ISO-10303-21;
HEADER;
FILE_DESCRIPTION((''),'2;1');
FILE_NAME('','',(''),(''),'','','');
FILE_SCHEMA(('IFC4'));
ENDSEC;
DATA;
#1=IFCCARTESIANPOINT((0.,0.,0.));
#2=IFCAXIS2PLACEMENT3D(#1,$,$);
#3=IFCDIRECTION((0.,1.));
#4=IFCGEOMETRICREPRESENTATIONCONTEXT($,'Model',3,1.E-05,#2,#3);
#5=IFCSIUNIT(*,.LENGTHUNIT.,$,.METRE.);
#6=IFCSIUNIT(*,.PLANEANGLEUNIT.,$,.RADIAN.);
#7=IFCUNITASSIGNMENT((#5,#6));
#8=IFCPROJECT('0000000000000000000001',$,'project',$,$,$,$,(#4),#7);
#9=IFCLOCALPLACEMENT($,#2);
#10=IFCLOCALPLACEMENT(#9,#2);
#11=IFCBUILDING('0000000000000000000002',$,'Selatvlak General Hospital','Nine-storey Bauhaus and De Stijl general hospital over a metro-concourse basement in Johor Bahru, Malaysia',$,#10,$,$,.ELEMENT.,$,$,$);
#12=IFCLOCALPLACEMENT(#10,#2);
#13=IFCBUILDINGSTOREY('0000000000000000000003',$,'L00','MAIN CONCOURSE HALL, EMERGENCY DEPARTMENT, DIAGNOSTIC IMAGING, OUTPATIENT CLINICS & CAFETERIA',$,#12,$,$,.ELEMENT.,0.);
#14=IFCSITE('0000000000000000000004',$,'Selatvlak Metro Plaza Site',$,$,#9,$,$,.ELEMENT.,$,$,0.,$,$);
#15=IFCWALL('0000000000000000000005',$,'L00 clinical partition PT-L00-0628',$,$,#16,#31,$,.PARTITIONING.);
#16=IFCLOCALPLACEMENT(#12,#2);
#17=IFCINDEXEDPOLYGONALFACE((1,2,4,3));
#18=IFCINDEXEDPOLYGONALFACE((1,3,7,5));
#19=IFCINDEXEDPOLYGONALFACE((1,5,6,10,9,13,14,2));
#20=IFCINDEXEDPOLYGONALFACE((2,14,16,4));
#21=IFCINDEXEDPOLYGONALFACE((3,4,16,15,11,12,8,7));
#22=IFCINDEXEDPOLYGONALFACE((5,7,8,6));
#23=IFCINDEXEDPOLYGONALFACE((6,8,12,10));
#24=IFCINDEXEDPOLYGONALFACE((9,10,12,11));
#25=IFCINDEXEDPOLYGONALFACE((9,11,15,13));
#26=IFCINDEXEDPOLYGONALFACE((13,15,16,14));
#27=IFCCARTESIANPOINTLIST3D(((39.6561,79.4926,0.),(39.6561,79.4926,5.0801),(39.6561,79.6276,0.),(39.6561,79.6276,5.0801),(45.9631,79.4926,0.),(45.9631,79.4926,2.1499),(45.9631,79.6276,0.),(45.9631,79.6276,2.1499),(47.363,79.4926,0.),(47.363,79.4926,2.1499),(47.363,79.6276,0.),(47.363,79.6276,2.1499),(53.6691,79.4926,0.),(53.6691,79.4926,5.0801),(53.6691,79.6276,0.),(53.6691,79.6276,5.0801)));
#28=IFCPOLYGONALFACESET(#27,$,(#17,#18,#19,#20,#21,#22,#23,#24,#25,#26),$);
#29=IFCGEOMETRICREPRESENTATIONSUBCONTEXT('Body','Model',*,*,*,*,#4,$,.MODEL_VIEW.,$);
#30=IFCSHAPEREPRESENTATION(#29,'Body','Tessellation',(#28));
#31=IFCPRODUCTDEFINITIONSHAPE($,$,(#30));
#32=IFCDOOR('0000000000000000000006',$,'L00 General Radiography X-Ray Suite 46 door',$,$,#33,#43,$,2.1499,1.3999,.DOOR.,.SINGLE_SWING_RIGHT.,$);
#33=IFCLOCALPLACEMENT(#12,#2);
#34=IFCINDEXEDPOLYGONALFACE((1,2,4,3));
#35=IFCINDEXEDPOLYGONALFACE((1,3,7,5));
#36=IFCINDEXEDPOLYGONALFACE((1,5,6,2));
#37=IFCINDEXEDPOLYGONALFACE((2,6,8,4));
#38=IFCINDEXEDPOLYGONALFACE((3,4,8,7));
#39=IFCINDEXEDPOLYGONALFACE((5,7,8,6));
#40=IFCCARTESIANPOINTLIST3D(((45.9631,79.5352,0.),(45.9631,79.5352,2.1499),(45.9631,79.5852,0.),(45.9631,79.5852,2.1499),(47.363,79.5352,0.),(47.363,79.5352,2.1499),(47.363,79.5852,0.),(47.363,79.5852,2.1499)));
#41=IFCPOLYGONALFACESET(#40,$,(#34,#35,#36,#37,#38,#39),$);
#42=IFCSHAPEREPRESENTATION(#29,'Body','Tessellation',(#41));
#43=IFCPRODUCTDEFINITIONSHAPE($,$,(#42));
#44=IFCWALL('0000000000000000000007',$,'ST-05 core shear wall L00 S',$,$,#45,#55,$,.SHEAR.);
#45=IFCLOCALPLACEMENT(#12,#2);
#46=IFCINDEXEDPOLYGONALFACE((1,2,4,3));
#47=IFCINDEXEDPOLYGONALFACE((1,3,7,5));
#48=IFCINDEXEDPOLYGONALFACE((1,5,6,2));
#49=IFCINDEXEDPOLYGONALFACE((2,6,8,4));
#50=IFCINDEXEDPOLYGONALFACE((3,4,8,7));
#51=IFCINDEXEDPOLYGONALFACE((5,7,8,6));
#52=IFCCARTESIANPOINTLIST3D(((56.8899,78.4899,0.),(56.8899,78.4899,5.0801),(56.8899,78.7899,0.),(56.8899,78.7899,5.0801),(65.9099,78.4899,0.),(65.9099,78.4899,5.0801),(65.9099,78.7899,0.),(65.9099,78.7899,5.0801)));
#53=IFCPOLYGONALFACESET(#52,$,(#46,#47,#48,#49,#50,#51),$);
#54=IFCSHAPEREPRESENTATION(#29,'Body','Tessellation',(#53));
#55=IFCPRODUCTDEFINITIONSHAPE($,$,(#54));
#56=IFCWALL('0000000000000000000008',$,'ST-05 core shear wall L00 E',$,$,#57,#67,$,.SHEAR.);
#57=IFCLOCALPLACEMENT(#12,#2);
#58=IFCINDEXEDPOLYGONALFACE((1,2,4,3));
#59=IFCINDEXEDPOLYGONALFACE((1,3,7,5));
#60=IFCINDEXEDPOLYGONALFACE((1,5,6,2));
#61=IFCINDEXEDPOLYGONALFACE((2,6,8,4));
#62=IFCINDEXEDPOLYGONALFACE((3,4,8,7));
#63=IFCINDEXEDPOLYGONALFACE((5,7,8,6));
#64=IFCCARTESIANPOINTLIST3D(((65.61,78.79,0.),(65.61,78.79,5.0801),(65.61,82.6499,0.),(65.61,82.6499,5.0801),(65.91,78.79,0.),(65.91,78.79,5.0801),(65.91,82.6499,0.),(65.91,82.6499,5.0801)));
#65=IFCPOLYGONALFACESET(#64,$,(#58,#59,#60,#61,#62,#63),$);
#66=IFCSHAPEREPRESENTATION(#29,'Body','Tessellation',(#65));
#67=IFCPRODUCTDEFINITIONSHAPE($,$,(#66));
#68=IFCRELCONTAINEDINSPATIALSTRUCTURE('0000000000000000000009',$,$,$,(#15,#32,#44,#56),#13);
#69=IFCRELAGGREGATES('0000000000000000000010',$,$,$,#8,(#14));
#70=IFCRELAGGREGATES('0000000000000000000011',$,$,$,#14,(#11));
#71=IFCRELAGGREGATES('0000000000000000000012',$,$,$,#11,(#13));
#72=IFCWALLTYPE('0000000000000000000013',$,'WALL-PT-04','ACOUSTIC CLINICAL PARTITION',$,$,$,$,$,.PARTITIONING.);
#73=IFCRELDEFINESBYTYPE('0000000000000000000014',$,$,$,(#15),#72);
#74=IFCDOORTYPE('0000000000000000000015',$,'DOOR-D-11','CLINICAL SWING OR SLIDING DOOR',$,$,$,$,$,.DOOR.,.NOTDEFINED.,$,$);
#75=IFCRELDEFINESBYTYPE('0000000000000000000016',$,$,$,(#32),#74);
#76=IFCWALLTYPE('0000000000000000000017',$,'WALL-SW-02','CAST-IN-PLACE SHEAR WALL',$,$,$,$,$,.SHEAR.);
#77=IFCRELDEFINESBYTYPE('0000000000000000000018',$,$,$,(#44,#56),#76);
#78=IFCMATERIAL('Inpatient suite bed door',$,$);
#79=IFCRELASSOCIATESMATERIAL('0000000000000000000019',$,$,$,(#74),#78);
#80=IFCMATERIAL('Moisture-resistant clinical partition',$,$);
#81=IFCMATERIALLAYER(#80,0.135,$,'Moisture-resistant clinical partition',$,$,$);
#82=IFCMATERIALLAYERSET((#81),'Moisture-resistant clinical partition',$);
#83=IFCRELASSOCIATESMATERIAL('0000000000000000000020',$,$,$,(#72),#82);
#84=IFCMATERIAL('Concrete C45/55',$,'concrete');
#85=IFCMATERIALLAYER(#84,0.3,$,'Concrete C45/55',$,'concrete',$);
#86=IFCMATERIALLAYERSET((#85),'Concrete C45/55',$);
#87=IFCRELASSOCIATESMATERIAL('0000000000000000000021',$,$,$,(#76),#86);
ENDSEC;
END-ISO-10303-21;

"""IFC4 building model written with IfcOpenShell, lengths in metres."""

from ifc_helpers import new_model, si_unit, direction, frame, frame_2d, origin, place, context, subcontext, project, spatial, rectangle, extrude, material, layer, layer_set, type_object, element, fill, save


model = new_model("IFC4")

# Units and contexts
model_context = context("Model", 3, precision=1e-05, world=origin(), true_north=direction((0.0, 1.0)))
body_context = subcontext(model_context, "Body", "Model", "MODEL_VIEW")
ifc_project = project(units=[si_unit("LENGTHUNIT", "METRE"), si_unit("PLANEANGLEUNIT", "RADIAN")], contexts=[model_context])

# Site, building, storey
site_placement = place(None, origin())
site = spatial("IfcSite", under=ifc_project, at=site_placement, Name="Selatvlak Metro Plaza Site", CompositionType="ELEMENT", RefElevation=0.0)
building_placement = place(site_placement, origin())
building = spatial("IfcBuilding", under=site, at=building_placement, Name="Selatvlak General Hospital", Description="Nine-storey Bauhaus and De Stijl general hospital over a metro-concourse basement in Johor Bahru, Malaysia", CompositionType="ELEMENT")
storey_placement = place(building_placement, origin())
storey = spatial("IfcBuildingStorey", under=building, at=storey_placement, Name="L00", Description="MAIN CONCOURSE HALL, EMERGENCY DEPARTMENT, DIAGNOSTIC IMAGING, OUTPATIENT CLINICS & CAFETERIA", CompositionType="ELEMENT", Elevation=0.0)

# Shared definitions
ifc_material_1 = material(Name="Inpatient suite bed door")
door_type_1 = type_object("IfcDoorType", Name="DOOR-D-11", Description="CLINICAL SWING OR SLIDING DOOR", OperationType="NOTDEFINED", PredefinedType="DOOR", material=ifc_material_1)

# Shared definitions
ifc_material_2 = material(Name="Moisture-resistant clinical partition")
ifc_layer_1 = layer(ifc_material_2, 0.135, Name="Moisture-resistant clinical partition")
ifc_layer_set_1 = layer_set([ifc_layer_1], Name="Moisture-resistant clinical partition")
wall_type_1 = type_object("IfcWallType", Name="WALL-PT-04", Description="ACOUSTIC CLINICAL PARTITION", PredefinedType="PARTITIONING", material=ifc_layer_set_1)

# Wall, opening, door
wall_1_placement = place(storey_placement, frame((53.6689, 79.5601, 0.0), z_axis=(0.0, 0.0, 1.0), x_axis=(-1.0, 0.0, 0.0)))
wall_1 = element("IfcWall", 1, at=wall_1_placement, inside=storey, type_object=wall_type_1, Name="L00 clinical partition PT-L00-0628", PredefinedType="PARTITIONING", context=body_context, shape_type="SweptSolid", body=[
    extrude(rectangle(XDim=14.0129, YDim=0.135, at=frame_2d((7.0063, 0.0))), origin(), (0.0, 0.0, 1.0), 5.0801),
])
opening_1_placement = place(wall_1_placement, frame((6.3059, 0.0, 0.0)))
opening_1 = element("IfcOpeningElement", 2, at=opening_1_placement, cuts=wall_1, PredefinedType="OPENING", context=body_context, shape_type="SweptSolid", body=[
    extrude(rectangle(XDim=1.3999, YDim=2.1499, at=frame_2d((0.7, 1.075))), frame((0.0, 0.0774, 0.0), z_axis=(0.0, -1.0, 0.0), x_axis=(1.0, 0.0, 0.0)), (0.0, 0.0, 1.0), 0.155),
])
door_1_placement = place(opening_1_placement, origin())
door_1 = element("IfcDoor", 3, at=door_1_placement, inside=storey, type_object=door_type_1, Name="L00 General Radiography X-Ray Suite 46 door", OperationType="SINGLE_SWING_RIGHT", OverallHeight=2.1499, OverallWidth=1.3999, PredefinedType="DOOR", context=body_context, shape_type="SweptSolid", body=[
    extrude(rectangle(XDim=1.3999, YDim=2.1499, at=frame_2d((0.7, 1.075))), frame((0.0, 0.0249, 0.0), z_axis=(0.0, -1.0, 0.0), x_axis=(1.0, 0.0, 0.0)), (0.0, 0.0, 1.0), 0.05),
])
fill(opening_1, door_1)

# Walls
ifc_material_3 = material(Name="Concrete C45/55", Category="concrete")
ifc_layer_2 = layer(ifc_material_3, 0.3, Name="Concrete C45/55", Category="concrete")
ifc_layer_set_2 = layer_set([ifc_layer_2], Name="Concrete C45/55")
wall_type_2 = type_object("IfcWallType", Name="WALL-SW-02", Description="CAST-IN-PLACE SHEAR WALL", PredefinedType="SHEAR", material=ifc_layer_set_2)
wall_2_placement = place(storey_placement, frame((56.8899, 78.6399, 0.0), z_axis=(0.0, 0.0, 1.0), x_axis=(1.0, 0.0, 0.0)))
element("IfcWall", 4, at=wall_2_placement, inside=storey, type_object=wall_type_2, Name="ST-05 core shear wall L00 S", PredefinedType="SHEAR", context=body_context, shape_type="SweptSolid", body=[
    extrude(rectangle(XDim=9.02, YDim=0.3, at=frame_2d((4.51, 0.0))), origin(), (0.0, 0.0, 1.0), 5.0801),
])
wall_3_placement = place(storey_placement, frame((65.76, 78.79, 0.0), z_axis=(0.0, 0.0, 1.0), x_axis=(0.0, 1.0, 0.0)))
element("IfcWall", 5, at=wall_3_placement, inside=storey, type_object=wall_type_2, Name="ST-05 core shear wall L00 E", PredefinedType="SHEAR", context=body_context, shape_type="SweptSolid", body=[
    extrude(rectangle(XDim=3.8599, YDim=0.3, at=frame_2d((1.9299, 0.0))), origin(), (0.0, 0.0, 1.0), 5.0801),
])

save(model, "model.ifc")
